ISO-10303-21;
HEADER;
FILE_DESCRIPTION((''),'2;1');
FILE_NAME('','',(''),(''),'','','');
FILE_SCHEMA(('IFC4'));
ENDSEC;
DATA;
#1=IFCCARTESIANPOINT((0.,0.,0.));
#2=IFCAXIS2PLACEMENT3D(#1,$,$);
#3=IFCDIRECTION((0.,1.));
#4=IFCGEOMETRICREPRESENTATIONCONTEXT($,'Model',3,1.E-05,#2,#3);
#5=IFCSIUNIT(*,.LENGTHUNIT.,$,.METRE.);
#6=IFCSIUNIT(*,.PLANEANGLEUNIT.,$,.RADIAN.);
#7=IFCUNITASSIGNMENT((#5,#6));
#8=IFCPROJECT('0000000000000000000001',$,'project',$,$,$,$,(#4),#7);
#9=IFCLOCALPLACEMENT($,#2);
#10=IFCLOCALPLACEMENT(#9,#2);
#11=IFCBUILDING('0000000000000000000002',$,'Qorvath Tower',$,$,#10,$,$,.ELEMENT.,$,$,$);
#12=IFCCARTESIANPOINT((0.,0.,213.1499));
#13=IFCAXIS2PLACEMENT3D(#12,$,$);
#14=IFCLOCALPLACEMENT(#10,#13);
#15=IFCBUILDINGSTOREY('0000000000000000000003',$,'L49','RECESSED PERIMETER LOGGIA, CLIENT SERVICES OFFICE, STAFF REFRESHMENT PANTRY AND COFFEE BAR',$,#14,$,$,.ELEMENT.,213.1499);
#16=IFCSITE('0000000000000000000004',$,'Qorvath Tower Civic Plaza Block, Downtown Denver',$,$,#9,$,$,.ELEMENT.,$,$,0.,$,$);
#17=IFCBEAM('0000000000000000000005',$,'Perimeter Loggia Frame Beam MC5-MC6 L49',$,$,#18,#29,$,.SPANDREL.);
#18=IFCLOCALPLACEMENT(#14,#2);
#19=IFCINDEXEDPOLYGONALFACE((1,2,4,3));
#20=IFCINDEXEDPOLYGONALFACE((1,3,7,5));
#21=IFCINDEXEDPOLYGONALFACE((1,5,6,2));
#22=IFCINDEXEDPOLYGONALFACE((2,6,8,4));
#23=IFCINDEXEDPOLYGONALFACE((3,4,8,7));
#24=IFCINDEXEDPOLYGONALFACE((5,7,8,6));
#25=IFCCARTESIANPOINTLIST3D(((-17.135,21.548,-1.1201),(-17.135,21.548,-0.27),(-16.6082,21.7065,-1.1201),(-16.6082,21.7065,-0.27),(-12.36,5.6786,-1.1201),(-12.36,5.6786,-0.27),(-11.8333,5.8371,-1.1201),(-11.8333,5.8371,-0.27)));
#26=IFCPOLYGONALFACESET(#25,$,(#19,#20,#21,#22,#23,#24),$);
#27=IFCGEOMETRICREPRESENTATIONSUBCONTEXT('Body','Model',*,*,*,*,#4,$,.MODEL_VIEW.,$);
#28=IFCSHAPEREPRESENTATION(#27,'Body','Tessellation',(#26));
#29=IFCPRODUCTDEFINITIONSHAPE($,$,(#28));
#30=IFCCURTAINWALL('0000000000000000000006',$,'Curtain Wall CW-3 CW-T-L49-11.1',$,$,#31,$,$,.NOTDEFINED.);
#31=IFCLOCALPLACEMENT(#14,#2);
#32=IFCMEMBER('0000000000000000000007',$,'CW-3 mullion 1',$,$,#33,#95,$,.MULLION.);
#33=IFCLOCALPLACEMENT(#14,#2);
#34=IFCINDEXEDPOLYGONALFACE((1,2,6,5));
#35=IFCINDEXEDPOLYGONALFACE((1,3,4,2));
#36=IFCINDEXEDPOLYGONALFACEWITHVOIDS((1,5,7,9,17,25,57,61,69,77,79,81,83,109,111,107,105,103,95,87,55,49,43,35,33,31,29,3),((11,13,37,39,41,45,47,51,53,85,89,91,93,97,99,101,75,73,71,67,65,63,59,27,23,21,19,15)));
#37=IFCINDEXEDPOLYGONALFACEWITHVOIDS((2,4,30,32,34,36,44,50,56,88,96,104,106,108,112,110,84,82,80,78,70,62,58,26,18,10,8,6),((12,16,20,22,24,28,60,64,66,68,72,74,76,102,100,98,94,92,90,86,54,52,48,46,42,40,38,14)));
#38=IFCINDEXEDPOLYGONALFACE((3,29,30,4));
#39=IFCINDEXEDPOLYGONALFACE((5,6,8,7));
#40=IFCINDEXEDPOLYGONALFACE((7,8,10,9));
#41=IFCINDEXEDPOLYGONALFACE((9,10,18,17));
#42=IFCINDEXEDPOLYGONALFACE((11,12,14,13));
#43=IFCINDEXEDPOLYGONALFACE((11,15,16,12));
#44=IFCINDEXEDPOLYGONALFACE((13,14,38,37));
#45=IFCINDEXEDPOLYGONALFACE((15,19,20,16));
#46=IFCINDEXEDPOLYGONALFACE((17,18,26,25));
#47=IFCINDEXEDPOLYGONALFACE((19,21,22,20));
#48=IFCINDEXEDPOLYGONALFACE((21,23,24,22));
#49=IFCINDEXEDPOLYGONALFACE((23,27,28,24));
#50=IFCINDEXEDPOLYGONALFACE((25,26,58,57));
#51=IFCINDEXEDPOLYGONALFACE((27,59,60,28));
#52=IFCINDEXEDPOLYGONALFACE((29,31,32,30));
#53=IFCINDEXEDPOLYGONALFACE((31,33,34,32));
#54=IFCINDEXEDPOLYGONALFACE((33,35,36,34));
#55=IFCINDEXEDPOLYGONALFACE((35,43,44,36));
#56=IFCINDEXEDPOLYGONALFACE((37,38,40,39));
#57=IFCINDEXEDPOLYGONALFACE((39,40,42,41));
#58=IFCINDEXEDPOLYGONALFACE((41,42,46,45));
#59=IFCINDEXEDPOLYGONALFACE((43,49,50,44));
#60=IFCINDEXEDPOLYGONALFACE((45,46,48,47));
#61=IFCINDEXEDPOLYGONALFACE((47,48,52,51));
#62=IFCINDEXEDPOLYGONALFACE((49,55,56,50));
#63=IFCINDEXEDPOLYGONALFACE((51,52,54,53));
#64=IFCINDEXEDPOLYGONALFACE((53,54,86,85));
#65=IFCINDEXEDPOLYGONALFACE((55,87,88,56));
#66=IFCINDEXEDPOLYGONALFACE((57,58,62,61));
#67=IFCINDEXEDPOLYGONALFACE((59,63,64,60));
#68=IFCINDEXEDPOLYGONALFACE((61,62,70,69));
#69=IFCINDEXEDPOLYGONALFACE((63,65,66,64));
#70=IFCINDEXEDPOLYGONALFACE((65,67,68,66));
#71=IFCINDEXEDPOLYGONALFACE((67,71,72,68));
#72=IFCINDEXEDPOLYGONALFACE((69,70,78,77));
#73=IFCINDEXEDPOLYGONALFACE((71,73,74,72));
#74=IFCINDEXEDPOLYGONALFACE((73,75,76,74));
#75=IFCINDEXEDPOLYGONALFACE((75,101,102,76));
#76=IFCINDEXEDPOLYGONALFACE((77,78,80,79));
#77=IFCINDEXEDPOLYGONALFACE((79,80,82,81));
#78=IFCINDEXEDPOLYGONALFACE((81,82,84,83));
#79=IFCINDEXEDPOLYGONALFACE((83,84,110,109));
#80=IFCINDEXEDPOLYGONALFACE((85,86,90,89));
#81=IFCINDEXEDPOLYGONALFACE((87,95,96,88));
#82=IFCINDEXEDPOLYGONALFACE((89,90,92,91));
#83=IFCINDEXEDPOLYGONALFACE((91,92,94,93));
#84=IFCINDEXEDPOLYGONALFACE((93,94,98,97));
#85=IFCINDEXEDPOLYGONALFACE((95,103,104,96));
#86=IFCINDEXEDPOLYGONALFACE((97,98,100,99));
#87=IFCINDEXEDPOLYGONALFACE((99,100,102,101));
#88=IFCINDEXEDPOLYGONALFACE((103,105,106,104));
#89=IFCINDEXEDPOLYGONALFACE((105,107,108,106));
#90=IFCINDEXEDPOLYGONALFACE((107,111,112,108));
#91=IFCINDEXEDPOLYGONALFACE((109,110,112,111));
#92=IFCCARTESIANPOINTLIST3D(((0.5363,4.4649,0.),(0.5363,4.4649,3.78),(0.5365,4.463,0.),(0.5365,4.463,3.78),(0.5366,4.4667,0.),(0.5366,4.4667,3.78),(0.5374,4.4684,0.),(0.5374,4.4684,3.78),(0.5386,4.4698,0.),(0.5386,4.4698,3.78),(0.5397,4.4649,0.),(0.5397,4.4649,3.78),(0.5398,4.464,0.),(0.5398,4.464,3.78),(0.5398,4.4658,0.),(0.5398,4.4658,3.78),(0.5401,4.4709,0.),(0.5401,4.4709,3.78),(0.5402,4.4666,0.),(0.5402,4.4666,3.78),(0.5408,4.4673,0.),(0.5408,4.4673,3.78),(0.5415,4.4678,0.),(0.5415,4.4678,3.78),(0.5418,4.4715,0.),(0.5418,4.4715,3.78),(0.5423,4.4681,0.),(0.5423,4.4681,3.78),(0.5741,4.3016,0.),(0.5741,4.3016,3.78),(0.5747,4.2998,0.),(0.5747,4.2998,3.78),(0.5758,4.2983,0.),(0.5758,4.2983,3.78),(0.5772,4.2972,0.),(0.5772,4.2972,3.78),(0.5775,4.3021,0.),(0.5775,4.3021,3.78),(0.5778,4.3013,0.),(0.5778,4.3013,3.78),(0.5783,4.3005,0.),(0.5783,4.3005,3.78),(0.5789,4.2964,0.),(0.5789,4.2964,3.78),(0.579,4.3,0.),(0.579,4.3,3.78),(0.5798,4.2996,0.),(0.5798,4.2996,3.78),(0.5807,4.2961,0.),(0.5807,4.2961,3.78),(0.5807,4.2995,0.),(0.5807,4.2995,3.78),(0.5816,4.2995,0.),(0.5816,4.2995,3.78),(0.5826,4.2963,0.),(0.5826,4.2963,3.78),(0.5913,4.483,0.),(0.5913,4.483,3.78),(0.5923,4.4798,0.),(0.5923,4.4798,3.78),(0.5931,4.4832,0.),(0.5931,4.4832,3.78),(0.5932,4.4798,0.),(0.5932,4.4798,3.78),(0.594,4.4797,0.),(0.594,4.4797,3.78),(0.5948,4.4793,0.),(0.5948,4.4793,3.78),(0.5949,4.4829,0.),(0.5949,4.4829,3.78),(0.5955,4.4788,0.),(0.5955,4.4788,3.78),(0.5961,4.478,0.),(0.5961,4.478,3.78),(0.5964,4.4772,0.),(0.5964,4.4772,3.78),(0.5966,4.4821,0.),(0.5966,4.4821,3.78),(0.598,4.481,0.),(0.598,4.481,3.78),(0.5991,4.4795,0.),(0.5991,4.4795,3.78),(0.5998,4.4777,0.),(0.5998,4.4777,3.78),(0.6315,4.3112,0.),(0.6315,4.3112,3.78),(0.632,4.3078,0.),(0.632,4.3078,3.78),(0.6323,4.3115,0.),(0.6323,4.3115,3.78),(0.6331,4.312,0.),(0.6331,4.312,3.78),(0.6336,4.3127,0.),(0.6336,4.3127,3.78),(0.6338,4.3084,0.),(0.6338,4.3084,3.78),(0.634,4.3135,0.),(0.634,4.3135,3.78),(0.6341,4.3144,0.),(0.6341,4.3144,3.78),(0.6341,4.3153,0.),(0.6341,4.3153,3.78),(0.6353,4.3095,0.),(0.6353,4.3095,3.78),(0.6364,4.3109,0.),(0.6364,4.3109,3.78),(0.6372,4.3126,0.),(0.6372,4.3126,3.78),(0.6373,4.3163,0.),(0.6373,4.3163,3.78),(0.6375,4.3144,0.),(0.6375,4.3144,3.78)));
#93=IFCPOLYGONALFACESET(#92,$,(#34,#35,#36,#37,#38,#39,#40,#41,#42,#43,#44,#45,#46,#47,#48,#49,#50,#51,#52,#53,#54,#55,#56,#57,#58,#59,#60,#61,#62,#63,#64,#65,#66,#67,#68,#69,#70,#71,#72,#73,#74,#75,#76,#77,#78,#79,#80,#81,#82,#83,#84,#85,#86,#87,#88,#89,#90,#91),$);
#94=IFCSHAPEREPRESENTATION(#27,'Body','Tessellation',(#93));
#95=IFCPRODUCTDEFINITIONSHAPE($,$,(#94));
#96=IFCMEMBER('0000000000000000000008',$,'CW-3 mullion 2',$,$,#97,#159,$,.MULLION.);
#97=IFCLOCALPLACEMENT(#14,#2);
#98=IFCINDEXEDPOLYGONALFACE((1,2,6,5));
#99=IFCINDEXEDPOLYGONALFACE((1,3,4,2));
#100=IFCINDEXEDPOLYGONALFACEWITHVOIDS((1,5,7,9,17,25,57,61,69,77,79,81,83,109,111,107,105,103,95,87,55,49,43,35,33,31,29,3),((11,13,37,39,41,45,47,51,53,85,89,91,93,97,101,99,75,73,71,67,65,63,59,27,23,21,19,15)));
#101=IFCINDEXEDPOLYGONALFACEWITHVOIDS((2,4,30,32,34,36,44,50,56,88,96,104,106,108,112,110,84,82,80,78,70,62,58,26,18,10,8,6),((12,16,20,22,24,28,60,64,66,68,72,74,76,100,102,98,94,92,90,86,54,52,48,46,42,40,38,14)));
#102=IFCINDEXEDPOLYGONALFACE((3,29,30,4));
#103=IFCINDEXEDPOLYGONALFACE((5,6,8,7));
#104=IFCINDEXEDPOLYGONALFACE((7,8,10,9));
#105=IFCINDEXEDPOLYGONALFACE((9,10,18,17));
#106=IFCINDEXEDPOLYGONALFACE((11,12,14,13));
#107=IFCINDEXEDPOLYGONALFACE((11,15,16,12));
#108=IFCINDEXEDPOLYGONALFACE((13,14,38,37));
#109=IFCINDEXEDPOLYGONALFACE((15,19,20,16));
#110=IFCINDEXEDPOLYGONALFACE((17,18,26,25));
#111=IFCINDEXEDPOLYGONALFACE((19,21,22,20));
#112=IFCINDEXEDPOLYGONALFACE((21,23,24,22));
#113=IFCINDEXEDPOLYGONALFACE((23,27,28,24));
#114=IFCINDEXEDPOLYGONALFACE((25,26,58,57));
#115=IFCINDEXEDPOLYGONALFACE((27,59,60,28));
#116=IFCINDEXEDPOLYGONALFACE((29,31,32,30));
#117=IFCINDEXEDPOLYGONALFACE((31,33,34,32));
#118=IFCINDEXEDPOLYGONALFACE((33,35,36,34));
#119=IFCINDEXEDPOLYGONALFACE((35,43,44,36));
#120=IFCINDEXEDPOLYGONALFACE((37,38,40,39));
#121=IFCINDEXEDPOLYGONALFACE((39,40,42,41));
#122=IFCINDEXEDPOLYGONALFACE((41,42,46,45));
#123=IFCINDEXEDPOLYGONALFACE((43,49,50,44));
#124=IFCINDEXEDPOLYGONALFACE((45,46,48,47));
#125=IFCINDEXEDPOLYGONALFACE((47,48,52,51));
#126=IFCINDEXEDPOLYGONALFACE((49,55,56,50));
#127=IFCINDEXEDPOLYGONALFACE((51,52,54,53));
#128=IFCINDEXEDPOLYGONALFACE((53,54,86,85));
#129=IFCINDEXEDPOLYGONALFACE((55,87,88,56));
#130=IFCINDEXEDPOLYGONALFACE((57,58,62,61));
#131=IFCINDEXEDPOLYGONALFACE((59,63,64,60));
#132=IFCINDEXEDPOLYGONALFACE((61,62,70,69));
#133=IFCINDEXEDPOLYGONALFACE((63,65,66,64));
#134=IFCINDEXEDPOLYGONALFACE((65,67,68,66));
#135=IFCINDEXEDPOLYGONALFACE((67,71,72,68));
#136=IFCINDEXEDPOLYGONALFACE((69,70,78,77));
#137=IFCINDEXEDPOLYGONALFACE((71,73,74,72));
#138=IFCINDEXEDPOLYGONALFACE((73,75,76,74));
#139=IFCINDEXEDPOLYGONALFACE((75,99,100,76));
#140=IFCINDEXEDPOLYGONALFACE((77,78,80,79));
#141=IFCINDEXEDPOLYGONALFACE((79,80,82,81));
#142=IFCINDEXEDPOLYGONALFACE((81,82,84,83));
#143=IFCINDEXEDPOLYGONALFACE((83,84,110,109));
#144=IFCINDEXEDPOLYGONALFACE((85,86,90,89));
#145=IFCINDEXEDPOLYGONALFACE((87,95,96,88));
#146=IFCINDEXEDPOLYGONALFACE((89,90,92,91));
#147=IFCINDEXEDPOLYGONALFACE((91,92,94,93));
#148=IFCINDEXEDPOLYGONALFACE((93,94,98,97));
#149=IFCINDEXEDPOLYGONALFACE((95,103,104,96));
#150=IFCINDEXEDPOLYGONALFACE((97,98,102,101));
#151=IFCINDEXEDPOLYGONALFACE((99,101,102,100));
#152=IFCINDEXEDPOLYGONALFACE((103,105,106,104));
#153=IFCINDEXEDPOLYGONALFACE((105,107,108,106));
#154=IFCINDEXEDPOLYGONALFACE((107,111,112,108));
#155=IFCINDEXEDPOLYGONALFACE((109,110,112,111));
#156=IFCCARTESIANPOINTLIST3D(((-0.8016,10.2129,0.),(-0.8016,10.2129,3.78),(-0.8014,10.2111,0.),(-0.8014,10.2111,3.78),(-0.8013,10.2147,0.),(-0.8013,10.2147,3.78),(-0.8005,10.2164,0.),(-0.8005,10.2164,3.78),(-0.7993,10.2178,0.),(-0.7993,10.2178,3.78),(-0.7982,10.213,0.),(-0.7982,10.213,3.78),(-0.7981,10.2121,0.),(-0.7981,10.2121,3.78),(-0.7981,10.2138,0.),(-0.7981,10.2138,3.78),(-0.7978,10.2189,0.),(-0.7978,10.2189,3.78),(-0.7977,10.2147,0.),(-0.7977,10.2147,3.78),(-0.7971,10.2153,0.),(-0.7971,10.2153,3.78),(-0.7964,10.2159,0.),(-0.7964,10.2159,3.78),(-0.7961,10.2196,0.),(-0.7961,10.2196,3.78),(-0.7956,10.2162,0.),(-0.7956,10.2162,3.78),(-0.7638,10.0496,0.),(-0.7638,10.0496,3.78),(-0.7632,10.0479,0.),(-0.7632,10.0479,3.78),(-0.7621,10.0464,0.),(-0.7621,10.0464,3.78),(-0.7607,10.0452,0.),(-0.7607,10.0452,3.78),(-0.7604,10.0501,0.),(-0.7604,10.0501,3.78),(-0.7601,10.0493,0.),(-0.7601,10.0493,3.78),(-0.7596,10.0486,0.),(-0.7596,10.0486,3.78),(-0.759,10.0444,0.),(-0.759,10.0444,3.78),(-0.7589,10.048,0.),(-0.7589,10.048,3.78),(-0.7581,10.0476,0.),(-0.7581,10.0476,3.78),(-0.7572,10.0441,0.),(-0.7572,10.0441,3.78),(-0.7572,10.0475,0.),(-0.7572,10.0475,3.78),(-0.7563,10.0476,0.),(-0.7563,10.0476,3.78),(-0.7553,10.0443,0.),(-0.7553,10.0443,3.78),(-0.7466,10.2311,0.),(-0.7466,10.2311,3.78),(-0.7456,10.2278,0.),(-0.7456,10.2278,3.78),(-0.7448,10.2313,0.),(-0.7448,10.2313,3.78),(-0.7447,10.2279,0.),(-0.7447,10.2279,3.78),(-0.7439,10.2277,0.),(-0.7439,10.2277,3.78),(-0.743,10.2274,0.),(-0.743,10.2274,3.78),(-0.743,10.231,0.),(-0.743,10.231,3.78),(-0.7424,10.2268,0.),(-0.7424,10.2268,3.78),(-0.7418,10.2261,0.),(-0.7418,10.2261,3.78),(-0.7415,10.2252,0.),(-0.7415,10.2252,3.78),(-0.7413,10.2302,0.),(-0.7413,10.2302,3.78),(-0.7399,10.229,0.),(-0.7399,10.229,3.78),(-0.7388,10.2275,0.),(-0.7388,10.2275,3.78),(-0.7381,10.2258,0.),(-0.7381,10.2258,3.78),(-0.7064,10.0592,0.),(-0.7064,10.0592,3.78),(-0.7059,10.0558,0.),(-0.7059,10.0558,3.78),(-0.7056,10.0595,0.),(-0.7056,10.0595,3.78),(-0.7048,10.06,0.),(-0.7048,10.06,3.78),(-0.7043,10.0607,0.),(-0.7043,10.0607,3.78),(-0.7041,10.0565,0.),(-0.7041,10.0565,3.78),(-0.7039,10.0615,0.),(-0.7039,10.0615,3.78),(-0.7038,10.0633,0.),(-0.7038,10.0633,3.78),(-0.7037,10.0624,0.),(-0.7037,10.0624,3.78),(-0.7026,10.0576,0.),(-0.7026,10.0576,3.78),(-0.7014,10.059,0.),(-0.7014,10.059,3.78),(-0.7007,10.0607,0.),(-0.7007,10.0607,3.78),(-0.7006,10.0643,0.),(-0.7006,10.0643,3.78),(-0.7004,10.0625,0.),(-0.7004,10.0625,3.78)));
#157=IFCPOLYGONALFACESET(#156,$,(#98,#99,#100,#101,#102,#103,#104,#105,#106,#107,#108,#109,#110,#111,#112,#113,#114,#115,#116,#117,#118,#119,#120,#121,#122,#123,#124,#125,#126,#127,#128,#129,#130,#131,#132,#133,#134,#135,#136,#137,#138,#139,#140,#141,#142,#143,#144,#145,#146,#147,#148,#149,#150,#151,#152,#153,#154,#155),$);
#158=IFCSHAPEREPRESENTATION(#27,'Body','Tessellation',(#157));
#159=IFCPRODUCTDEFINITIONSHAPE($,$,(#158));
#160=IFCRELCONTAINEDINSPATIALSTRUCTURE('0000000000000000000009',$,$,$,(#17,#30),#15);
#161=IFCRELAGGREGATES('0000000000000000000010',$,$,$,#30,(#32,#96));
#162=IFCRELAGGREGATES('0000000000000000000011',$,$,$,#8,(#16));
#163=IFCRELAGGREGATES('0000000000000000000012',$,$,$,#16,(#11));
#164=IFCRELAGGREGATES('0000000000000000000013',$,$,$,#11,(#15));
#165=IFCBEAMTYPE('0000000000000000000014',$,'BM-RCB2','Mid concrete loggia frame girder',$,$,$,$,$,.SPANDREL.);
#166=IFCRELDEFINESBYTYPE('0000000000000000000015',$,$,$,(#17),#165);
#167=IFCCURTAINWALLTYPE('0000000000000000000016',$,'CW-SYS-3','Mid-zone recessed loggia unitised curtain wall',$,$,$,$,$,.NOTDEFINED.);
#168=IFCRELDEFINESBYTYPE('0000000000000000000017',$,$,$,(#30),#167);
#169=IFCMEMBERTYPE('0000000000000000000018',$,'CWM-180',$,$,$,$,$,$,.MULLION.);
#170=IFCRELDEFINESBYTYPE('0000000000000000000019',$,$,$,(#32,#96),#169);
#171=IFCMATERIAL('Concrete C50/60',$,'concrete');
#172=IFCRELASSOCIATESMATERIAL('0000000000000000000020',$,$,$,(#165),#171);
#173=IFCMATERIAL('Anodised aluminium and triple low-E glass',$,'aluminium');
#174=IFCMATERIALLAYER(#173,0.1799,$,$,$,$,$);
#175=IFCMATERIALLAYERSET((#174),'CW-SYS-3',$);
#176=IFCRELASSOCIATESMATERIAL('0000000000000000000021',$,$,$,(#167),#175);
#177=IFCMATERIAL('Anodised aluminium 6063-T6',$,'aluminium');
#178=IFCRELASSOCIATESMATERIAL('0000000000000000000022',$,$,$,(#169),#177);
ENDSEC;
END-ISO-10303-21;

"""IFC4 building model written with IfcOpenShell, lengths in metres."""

from ifc_helpers import new_model, si_unit, direction, frame, origin, origin_2d, place, context, subcontext, project, spatial, rectangle, hollow_rectangle, extrude, material, layer, layer_set, material_profile, profile_set, type_object, element, aggregate, save


model = new_model("IFC4")

# Units and contexts
model_context = context("Model", 3, precision=1e-05, world=origin(), true_north=direction((0.0, 1.0)))
body_context = subcontext(model_context, "Body", "Model", "MODEL_VIEW")
ifc_project = project(units=[si_unit("LENGTHUNIT", "METRE"), si_unit("PLANEANGLEUNIT", "RADIAN")], contexts=[model_context])

# Site, building, storey
site_placement = place(None, origin())
site = spatial("IfcSite", under=ifc_project, at=site_placement, Name="Qorvath Tower Civic Plaza Block, Downtown Denver", CompositionType="ELEMENT", RefElevation=0.0)
building_placement = place(site_placement, origin())
building = spatial("IfcBuilding", under=site, at=building_placement, Name="Qorvath Tower", CompositionType="ELEMENT")
storey_placement = place(building_placement, frame((0.0, 0.0, 213.1499)))
storey = spatial("IfcBuildingStorey", under=building, at=storey_placement, Name="L49", Description="RECESSED PERIMETER LOGGIA, CLIENT SERVICES OFFICE, STAFF REFRESHMENT PANTRY AND COFFEE BAR", CompositionType="ELEMENT", Elevation=213.1499)

# Beam
ifc_material_1 = material(Name="Concrete C50/60", Category="concrete")
ifc_material_profile_1 = material_profile(ifc_material_1, rectangle(XDim=0.55, YDim=0.8501, at=origin_2d()), Name="RCB 850x550")
ifc_profile_set_1 = profile_set([ifc_material_profile_1], Name="Concrete C50/60")
beam_type_1 = type_object("IfcBeamType", Name="BM-RCB2", Description="Mid concrete loggia frame girder", PredefinedType="SPANDREL", material=ifc_profile_set_1)
beam_1_placement = place(storey_placement, frame((-12.0967, 5.7578, -0.6951), z_axis=(-0.288128, 0.957592, 0.0), x_axis=(-0.957592, -0.288128, 0.0)))
element("IfcBeam", 1, at=beam_1_placement, inside=storey, type_object=beam_type_1, Name="Perimeter Loggia Frame Beam MC5-MC6 L49", PredefinedType="SPANDREL", context=body_context, shape_type="SweptSolid", body=[
    extrude(rectangle(XDim=0.55, YDim=0.8501, at=origin_2d()), origin(), (0.0, 0.0, 1.0), 16.5723),
])

# Curtain wall, members
ifc_material_2 = material(Name="Anodised aluminium and triple low-E glass", Category="aluminium")
ifc_layer_1 = layer(ifc_material_2, 0.1799)
ifc_layer_set_1 = layer_set([ifc_layer_1], Name="CW-SYS-3")
curtain_wall_type = type_object("IfcCurtainWallType", Name="CW-SYS-3", Description="Mid-zone recessed loggia unitised curtain wall", PredefinedType="NOTDEFINED", material=ifc_layer_set_1)
curtain_wall_1_placement = place(storey_placement, origin())
curtain_wall_1 = element("IfcCurtainWall", 2, at=curtain_wall_1_placement, inside=storey, type_object=curtain_wall_type, Name="Curtain Wall CW-3 CW-T-L49-11.1", PredefinedType="NOTDEFINED")
ifc_material_3 = material(Name="Anodised aluminium 6063-T6", Category="aluminium")
ifc_material_profile_2 = material_profile(ifc_material_3, hollow_rectangle(XDim=0.0649, YDim=0.1799, WallThickness=0.0034, InnerFilletRadius=0.0034, OuterFilletRadius=0.0071, at=origin_2d()), Name="CWM 180x65")
ifc_profile_set_2 = profile_set([ifc_material_profile_2], Name="Anodised aluminium 6063-T6")
member_type_1 = type_object("IfcMemberType", Name="CWM-180", PredefinedType="MULLION", material=ifc_profile_set_2)
member_1_placement = place(storey_placement, frame((0.5869, 4.3896, 0.0), z_axis=(0.0, 0.0, 1.0), x_axis=(-0.973971, -0.226671, 0.0)))
member_1 = element("IfcMember", 3, at=member_1_placement, type_object=member_type_1, Name="CW-3 mullion 1", PredefinedType="MULLION", context=body_context, shape_type="SweptSolid", body=[
    extrude(hollow_rectangle(XDim=0.0649, YDim=0.1799, WallThickness=0.0034, InnerFilletRadius=0.0034, OuterFilletRadius=0.0071, at=origin_2d()), origin(), (0.0, 0.0, 1.0), 3.78),
])
member_2_placement = place(storey_placement, frame((-0.751, 10.1377, 0.0), z_axis=(0.0, 0.0, 1.0), x_axis=(-0.973971, -0.226671, 0.0)))
member_2 = element("IfcMember", 4, at=member_2_placement, type_object=member_type_1, Name="CW-3 mullion 2", PredefinedType="MULLION", context=body_context, shape_type="SweptSolid", body=[
    extrude(hollow_rectangle(XDim=0.0649, YDim=0.1799, WallThickness=0.0034, InnerFilletRadius=0.0034, OuterFilletRadius=0.0071, at=origin_2d()), origin(), (0.0, 0.0, 1.0), 3.78),
])

aggregate(curtain_wall_1, [member_1, member_2])

save(model, "model.ifc")
